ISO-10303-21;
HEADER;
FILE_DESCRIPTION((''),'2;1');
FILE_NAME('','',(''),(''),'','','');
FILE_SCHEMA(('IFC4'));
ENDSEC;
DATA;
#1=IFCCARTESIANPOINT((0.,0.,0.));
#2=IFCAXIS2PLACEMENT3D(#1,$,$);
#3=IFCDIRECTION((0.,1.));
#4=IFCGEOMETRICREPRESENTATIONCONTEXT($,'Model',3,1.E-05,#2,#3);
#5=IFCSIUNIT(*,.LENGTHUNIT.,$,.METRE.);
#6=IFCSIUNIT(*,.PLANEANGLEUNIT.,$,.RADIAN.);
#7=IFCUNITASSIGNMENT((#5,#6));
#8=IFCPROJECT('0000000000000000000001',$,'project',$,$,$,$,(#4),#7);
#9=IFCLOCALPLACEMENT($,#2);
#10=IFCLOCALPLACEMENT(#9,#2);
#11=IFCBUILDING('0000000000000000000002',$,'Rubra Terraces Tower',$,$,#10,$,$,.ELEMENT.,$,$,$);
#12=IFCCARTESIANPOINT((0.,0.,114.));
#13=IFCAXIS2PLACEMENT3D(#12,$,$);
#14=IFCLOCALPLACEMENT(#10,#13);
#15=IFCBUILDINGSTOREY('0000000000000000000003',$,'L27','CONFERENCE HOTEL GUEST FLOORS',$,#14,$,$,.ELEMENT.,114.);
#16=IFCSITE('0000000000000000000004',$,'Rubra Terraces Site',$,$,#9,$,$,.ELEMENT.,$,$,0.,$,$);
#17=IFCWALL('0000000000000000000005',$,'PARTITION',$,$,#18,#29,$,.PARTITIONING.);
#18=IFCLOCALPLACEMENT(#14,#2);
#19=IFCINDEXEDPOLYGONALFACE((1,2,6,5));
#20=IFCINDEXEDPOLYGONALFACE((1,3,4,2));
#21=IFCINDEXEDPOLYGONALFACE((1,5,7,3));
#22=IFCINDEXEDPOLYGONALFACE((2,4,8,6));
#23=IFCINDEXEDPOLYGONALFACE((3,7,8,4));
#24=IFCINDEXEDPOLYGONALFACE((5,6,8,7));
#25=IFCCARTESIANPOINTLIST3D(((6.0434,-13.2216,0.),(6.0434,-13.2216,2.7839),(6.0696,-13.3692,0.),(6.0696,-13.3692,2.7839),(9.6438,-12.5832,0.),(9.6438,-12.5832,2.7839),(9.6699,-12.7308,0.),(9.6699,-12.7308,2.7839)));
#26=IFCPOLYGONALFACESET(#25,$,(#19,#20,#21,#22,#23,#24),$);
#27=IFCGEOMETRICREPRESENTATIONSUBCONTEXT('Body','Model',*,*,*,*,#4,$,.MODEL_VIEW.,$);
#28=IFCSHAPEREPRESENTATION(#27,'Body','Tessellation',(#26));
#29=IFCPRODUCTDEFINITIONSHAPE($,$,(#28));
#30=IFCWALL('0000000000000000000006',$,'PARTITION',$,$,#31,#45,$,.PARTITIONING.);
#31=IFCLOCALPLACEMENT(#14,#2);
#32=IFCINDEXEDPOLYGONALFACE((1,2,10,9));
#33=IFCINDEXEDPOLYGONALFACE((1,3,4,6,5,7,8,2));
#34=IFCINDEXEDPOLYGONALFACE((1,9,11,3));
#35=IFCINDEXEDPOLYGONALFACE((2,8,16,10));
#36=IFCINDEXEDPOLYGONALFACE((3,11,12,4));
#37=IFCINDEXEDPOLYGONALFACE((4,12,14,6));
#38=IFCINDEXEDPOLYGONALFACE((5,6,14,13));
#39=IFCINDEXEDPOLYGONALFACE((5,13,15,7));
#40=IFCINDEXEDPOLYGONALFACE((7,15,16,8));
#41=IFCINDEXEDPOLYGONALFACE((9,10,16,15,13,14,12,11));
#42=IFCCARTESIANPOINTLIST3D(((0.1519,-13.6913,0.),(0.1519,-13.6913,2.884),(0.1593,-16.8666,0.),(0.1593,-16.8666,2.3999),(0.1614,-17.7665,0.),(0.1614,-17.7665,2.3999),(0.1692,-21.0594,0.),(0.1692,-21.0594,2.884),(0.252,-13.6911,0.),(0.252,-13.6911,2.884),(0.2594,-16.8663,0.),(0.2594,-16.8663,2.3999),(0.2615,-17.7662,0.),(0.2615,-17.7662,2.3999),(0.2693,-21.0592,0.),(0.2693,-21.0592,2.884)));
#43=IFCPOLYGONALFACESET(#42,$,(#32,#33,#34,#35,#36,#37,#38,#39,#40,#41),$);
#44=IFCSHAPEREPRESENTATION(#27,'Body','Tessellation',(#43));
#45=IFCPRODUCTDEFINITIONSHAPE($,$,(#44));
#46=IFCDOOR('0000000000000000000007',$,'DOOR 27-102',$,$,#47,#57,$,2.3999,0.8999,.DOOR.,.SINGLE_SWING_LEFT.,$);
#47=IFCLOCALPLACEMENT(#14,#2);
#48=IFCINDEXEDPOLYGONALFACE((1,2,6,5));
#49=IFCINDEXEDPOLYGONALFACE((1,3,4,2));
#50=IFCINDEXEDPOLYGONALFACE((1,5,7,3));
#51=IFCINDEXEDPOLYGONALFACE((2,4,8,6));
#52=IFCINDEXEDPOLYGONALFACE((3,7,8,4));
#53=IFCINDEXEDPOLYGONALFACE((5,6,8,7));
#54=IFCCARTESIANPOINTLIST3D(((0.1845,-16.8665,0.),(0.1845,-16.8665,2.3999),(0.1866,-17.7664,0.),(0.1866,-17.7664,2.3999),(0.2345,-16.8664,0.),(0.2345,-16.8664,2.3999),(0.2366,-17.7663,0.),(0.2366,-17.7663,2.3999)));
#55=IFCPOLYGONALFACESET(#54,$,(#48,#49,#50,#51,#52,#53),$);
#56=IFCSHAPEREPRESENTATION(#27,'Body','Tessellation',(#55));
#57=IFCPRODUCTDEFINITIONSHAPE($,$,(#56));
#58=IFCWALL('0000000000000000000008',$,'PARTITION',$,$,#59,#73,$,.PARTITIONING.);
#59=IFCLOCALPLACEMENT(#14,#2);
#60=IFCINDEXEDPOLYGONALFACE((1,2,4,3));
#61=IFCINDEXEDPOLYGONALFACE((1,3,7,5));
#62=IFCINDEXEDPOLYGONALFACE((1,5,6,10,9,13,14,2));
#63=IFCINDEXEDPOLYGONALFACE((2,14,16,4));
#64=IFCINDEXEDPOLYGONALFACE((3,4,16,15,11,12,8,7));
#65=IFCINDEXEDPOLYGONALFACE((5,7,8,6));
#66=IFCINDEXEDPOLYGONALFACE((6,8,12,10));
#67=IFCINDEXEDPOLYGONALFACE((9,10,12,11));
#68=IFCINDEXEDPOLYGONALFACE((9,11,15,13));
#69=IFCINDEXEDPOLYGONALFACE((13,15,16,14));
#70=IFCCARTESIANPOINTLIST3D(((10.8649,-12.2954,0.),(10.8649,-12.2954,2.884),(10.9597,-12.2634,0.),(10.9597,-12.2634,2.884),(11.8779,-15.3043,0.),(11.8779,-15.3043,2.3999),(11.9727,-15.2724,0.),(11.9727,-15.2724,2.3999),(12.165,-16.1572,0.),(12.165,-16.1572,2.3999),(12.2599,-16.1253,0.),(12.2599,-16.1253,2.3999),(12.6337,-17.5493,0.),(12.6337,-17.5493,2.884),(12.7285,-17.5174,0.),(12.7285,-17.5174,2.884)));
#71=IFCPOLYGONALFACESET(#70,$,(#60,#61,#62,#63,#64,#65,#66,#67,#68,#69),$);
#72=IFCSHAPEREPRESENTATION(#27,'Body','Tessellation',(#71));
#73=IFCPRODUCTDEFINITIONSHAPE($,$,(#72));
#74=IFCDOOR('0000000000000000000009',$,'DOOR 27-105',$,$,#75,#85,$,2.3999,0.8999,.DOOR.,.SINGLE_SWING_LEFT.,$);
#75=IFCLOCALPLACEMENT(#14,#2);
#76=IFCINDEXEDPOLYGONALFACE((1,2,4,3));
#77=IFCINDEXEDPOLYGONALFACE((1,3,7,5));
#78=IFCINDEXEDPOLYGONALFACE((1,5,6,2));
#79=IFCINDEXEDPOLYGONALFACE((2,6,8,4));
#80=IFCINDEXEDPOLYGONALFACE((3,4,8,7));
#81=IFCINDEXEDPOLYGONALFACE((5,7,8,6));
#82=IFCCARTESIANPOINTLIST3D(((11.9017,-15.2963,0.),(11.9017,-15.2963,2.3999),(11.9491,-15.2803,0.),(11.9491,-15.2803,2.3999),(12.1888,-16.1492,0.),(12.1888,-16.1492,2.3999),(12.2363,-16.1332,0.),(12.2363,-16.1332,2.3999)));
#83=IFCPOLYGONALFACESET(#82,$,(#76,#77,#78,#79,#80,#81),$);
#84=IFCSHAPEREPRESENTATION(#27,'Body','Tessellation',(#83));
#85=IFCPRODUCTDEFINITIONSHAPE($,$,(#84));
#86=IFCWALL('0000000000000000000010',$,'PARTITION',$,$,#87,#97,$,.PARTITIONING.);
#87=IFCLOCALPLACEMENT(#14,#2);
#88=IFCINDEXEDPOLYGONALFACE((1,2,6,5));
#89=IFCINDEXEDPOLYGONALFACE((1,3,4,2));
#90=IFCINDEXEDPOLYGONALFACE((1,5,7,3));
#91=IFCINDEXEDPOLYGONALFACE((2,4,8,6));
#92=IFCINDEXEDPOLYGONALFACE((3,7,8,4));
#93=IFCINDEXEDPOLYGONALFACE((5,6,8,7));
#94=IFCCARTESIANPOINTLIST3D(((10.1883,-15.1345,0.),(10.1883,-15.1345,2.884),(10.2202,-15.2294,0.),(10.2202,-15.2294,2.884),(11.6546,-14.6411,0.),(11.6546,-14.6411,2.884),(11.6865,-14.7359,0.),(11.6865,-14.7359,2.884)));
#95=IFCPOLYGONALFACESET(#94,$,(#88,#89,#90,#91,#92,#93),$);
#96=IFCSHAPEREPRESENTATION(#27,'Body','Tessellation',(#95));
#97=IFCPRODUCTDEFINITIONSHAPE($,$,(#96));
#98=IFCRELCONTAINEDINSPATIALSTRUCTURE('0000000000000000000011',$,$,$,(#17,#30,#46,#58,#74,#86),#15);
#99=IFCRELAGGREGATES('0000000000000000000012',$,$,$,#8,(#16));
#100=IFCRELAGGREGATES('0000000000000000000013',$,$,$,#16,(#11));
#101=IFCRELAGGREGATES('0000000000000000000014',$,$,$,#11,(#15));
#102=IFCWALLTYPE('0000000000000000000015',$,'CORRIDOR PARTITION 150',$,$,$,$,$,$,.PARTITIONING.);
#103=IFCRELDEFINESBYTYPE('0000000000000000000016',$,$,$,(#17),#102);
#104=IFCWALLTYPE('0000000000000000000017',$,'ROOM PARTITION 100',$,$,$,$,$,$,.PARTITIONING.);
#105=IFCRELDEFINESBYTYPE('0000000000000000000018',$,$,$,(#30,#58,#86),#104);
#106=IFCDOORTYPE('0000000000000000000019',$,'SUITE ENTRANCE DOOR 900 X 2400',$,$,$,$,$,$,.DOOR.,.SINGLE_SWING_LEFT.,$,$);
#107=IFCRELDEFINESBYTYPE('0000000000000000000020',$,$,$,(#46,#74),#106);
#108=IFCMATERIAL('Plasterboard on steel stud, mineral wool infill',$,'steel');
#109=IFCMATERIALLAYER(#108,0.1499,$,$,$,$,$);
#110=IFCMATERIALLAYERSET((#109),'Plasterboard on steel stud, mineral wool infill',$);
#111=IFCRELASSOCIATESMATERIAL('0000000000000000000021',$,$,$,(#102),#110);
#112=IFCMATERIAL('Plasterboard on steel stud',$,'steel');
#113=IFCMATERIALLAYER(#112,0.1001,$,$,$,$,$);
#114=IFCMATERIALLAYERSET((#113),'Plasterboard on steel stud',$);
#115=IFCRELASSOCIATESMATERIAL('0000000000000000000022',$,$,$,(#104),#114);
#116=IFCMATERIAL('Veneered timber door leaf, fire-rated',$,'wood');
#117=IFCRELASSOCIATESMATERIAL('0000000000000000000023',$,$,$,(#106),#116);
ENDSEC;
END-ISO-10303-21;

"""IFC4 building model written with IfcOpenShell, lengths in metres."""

from ifc_helpers import new_model, si_unit, direction, frame, frame_2d, origin, place, context, subcontext, project, spatial, rectangle, extrude, material, layer, layer_set, type_object, element, fill, save


model = new_model("IFC4")

# Units and contexts
model_context = context("Model", 3, precision=1e-05, world=origin(), true_north=direction((0.0, 1.0)))
body_context = subcontext(model_context, "Body", "Model", "MODEL_VIEW")
ifc_project = project(units=[si_unit("LENGTHUNIT", "METRE"), si_unit("PLANEANGLEUNIT", "RADIAN")], contexts=[model_context])

# Site, building, storey
site_placement = place(None, origin())
site = spatial("IfcSite", under=ifc_project, at=site_placement, Name="Rubra Terraces Site", CompositionType="ELEMENT", RefElevation=0.0)
building_placement = place(site_placement, origin())
building = spatial("IfcBuilding", under=site, at=building_placement, Name="Rubra Terraces Tower", CompositionType="ELEMENT")
storey_placement = place(building_placement, frame((0.0, 0.0, 114.0)))
storey = spatial("IfcBuildingStorey", under=building, at=storey_placement, Name="L27", Description="CONFERENCE HOTEL GUEST FLOORS", CompositionType="ELEMENT", Elevation=114.0)

# Wall
ifc_material_1 = material(Name="Plasterboard on steel stud, mineral wool infill", Category="steel")
ifc_layer_1 = layer(ifc_material_1, 0.1499)
ifc_layer_set_1 = layer_set([ifc_layer_1], Name="Plasterboard on steel stud, mineral wool infill")
wall_type_1 = type_object("IfcWallType", Name="CORRIDOR PARTITION 150", PredefinedType="PARTITIONING", material=ifc_layer_set_1)
wall_1_placement = place(storey_placement, frame((6.0566, -13.2954, 0.0), z_axis=(0.0, 0.0, 1.0), x_axis=(0.984639, 0.1746, 0.0)))
element("IfcWall", 1, at=wall_1_placement, inside=storey, type_object=wall_type_1, Name="PARTITION", PredefinedType="PARTITIONING", context=body_context, shape_type="SweptSolid", body=[
    extrude(rectangle(XDim=3.6565, YDim=0.1499, at=frame_2d((1.8281, 0.0))), origin(), (0.0, 0.0, 1.0), 2.7839),
])

# Walls, openings, doors
ifc_material_2 = material(Name="Plasterboard on steel stud", Category="steel")
ifc_layer_2 = layer(ifc_material_2, 0.1001)
ifc_layer_set_2 = layer_set([ifc_layer_2], Name="Plasterboard on steel stud")
wall_type_2 = type_object("IfcWallType", Name="ROOM PARTITION 100", PredefinedType="PARTITIONING", material=ifc_layer_set_2)
wall_2_placement = place(storey_placement, frame((0.2192, -21.0593, 0.0), z_axis=(0.0, 0.0, 1.0), x_axis=(-0.002353, 0.999997, 0.0)))
wall_2 = element("IfcWall", 2, at=wall_2_placement, inside=storey, type_object=wall_type_2, Name="PARTITION", PredefinedType="PARTITIONING", context=body_context, shape_type="SweptSolid", body=[
    extrude(rectangle(XDim=7.3682, YDim=0.1001, at=frame_2d((3.6841, 0.0))), origin(), (0.0, 0.0, 1.0), 2.884),
])
opening_1_placement = place(wall_2_placement, frame((3.293, 0.0, 0.0)))
opening_1 = element("IfcOpeningElement", 3, at=opening_1_placement, cuts=wall_2, PredefinedType="OPENING", context=body_context, shape_type="SweptSolid", body=[
    extrude(rectangle(XDim=0.8999, YDim=2.3999, at=frame_2d((0.45, 1.2))), frame((0.0, 0.0601, 0.0), z_axis=(0.0, -1.0, 0.0), x_axis=(1.0, 0.0, 0.0)), (0.0, 0.0, 1.0), 0.1201),
])
ifc_material_3 = material(Name="Veneered timber door leaf, fire-rated", Category="wood")
door_type = type_object("IfcDoorType", Name="SUITE ENTRANCE DOOR 900 X 2400", OperationType="SINGLE_SWING_LEFT", PredefinedType="DOOR", material=ifc_material_3)
door_1_placement = place(opening_1_placement, origin())
door_1 = element("IfcDoor", 4, at=door_1_placement, inside=storey, type_object=door_type, Name="DOOR 27-102", OperationType="SINGLE_SWING_LEFT", OverallHeight=2.3999, OverallWidth=0.8999, PredefinedType="DOOR", context=body_context, shape_type="SweptSolid", body=[
    extrude(rectangle(XDim=0.8999, YDim=2.3999, at=frame_2d((0.45, 1.2))), frame((0.0, 0.0249, 0.0), z_axis=(0.0, -1.0, 0.0), x_axis=(1.0, 0.0, 0.0)), (0.0, 0.0, 1.0), 0.05),
])
fill(opening_1, door_1)
wall_3_placement = place(storey_placement, frame((12.6812, -17.5334, 0.0), z_axis=(0.0, 0.0, 1.0), x_axis=(-0.319067, 0.947732, 0.0)))
wall_3 = element("IfcWall", 5, at=wall_3_placement, inside=storey, type_object=wall_type_2, Name="PARTITION", PredefinedType="PARTITIONING", context=body_context, shape_type="SweptSolid", body=[
    extrude(rectangle(XDim=5.5437, YDim=0.1001, at=frame_2d((2.772, 0.0))), origin(), (0.0, 0.0, 1.0), 2.884),
])
opening_2_placement = place(wall_3_placement, frame((1.469, 0.0, 0.0)))
opening_2 = element("IfcOpeningElement", 6, at=opening_2_placement, cuts=wall_3, PredefinedType="OPENING", context=body_context, shape_type="SweptSolid", body=[
    extrude(rectangle(XDim=0.8999, YDim=2.3999, at=frame_2d((0.45, 1.2))), frame((0.0, 0.0601, 0.0), z_axis=(0.0, -1.0, 0.0), x_axis=(1.0, 0.0, 0.0)), (0.0, 0.0, 1.0), 0.1201),
])
door_2_placement = place(opening_2_placement, origin())
door_2 = element("IfcDoor", 7, at=door_2_placement, inside=storey, type_object=door_type, Name="DOOR 27-105", OperationType="SINGLE_SWING_LEFT", OverallHeight=2.3999, OverallWidth=0.8999, PredefinedType="DOOR", context=body_context, shape_type="SweptSolid", body=[
    extrude(rectangle(XDim=0.8999, YDim=2.3999, at=frame_2d((0.45, 1.2))), frame((0.0, 0.0249, 0.0), z_axis=(0.0, -1.0, 0.0), x_axis=(1.0, 0.0, 0.0)), (0.0, 0.0, 1.0), 0.05),
])
fill(opening_2, door_2)

# Wall
wall_4_placement = place(storey_placement, frame((10.2043, -15.1819, 0.0), z_axis=(0.0, 0.0, 1.0), x_axis=(0.94778, 0.318925, 0.0)))
element("IfcWall", 8, at=wall_4_placement, inside=storey, type_object=wall_type_2, Name="PARTITION", PredefinedType="PARTITIONING", context=body_context, shape_type="SweptSolid", body=[
    extrude(rectangle(XDim=1.5471, YDim=0.1001, at=frame_2d((0.7734, 0.0))), origin(), (0.0, 0.0, 1.0), 2.884),
])

save(model, "model.ifc")
